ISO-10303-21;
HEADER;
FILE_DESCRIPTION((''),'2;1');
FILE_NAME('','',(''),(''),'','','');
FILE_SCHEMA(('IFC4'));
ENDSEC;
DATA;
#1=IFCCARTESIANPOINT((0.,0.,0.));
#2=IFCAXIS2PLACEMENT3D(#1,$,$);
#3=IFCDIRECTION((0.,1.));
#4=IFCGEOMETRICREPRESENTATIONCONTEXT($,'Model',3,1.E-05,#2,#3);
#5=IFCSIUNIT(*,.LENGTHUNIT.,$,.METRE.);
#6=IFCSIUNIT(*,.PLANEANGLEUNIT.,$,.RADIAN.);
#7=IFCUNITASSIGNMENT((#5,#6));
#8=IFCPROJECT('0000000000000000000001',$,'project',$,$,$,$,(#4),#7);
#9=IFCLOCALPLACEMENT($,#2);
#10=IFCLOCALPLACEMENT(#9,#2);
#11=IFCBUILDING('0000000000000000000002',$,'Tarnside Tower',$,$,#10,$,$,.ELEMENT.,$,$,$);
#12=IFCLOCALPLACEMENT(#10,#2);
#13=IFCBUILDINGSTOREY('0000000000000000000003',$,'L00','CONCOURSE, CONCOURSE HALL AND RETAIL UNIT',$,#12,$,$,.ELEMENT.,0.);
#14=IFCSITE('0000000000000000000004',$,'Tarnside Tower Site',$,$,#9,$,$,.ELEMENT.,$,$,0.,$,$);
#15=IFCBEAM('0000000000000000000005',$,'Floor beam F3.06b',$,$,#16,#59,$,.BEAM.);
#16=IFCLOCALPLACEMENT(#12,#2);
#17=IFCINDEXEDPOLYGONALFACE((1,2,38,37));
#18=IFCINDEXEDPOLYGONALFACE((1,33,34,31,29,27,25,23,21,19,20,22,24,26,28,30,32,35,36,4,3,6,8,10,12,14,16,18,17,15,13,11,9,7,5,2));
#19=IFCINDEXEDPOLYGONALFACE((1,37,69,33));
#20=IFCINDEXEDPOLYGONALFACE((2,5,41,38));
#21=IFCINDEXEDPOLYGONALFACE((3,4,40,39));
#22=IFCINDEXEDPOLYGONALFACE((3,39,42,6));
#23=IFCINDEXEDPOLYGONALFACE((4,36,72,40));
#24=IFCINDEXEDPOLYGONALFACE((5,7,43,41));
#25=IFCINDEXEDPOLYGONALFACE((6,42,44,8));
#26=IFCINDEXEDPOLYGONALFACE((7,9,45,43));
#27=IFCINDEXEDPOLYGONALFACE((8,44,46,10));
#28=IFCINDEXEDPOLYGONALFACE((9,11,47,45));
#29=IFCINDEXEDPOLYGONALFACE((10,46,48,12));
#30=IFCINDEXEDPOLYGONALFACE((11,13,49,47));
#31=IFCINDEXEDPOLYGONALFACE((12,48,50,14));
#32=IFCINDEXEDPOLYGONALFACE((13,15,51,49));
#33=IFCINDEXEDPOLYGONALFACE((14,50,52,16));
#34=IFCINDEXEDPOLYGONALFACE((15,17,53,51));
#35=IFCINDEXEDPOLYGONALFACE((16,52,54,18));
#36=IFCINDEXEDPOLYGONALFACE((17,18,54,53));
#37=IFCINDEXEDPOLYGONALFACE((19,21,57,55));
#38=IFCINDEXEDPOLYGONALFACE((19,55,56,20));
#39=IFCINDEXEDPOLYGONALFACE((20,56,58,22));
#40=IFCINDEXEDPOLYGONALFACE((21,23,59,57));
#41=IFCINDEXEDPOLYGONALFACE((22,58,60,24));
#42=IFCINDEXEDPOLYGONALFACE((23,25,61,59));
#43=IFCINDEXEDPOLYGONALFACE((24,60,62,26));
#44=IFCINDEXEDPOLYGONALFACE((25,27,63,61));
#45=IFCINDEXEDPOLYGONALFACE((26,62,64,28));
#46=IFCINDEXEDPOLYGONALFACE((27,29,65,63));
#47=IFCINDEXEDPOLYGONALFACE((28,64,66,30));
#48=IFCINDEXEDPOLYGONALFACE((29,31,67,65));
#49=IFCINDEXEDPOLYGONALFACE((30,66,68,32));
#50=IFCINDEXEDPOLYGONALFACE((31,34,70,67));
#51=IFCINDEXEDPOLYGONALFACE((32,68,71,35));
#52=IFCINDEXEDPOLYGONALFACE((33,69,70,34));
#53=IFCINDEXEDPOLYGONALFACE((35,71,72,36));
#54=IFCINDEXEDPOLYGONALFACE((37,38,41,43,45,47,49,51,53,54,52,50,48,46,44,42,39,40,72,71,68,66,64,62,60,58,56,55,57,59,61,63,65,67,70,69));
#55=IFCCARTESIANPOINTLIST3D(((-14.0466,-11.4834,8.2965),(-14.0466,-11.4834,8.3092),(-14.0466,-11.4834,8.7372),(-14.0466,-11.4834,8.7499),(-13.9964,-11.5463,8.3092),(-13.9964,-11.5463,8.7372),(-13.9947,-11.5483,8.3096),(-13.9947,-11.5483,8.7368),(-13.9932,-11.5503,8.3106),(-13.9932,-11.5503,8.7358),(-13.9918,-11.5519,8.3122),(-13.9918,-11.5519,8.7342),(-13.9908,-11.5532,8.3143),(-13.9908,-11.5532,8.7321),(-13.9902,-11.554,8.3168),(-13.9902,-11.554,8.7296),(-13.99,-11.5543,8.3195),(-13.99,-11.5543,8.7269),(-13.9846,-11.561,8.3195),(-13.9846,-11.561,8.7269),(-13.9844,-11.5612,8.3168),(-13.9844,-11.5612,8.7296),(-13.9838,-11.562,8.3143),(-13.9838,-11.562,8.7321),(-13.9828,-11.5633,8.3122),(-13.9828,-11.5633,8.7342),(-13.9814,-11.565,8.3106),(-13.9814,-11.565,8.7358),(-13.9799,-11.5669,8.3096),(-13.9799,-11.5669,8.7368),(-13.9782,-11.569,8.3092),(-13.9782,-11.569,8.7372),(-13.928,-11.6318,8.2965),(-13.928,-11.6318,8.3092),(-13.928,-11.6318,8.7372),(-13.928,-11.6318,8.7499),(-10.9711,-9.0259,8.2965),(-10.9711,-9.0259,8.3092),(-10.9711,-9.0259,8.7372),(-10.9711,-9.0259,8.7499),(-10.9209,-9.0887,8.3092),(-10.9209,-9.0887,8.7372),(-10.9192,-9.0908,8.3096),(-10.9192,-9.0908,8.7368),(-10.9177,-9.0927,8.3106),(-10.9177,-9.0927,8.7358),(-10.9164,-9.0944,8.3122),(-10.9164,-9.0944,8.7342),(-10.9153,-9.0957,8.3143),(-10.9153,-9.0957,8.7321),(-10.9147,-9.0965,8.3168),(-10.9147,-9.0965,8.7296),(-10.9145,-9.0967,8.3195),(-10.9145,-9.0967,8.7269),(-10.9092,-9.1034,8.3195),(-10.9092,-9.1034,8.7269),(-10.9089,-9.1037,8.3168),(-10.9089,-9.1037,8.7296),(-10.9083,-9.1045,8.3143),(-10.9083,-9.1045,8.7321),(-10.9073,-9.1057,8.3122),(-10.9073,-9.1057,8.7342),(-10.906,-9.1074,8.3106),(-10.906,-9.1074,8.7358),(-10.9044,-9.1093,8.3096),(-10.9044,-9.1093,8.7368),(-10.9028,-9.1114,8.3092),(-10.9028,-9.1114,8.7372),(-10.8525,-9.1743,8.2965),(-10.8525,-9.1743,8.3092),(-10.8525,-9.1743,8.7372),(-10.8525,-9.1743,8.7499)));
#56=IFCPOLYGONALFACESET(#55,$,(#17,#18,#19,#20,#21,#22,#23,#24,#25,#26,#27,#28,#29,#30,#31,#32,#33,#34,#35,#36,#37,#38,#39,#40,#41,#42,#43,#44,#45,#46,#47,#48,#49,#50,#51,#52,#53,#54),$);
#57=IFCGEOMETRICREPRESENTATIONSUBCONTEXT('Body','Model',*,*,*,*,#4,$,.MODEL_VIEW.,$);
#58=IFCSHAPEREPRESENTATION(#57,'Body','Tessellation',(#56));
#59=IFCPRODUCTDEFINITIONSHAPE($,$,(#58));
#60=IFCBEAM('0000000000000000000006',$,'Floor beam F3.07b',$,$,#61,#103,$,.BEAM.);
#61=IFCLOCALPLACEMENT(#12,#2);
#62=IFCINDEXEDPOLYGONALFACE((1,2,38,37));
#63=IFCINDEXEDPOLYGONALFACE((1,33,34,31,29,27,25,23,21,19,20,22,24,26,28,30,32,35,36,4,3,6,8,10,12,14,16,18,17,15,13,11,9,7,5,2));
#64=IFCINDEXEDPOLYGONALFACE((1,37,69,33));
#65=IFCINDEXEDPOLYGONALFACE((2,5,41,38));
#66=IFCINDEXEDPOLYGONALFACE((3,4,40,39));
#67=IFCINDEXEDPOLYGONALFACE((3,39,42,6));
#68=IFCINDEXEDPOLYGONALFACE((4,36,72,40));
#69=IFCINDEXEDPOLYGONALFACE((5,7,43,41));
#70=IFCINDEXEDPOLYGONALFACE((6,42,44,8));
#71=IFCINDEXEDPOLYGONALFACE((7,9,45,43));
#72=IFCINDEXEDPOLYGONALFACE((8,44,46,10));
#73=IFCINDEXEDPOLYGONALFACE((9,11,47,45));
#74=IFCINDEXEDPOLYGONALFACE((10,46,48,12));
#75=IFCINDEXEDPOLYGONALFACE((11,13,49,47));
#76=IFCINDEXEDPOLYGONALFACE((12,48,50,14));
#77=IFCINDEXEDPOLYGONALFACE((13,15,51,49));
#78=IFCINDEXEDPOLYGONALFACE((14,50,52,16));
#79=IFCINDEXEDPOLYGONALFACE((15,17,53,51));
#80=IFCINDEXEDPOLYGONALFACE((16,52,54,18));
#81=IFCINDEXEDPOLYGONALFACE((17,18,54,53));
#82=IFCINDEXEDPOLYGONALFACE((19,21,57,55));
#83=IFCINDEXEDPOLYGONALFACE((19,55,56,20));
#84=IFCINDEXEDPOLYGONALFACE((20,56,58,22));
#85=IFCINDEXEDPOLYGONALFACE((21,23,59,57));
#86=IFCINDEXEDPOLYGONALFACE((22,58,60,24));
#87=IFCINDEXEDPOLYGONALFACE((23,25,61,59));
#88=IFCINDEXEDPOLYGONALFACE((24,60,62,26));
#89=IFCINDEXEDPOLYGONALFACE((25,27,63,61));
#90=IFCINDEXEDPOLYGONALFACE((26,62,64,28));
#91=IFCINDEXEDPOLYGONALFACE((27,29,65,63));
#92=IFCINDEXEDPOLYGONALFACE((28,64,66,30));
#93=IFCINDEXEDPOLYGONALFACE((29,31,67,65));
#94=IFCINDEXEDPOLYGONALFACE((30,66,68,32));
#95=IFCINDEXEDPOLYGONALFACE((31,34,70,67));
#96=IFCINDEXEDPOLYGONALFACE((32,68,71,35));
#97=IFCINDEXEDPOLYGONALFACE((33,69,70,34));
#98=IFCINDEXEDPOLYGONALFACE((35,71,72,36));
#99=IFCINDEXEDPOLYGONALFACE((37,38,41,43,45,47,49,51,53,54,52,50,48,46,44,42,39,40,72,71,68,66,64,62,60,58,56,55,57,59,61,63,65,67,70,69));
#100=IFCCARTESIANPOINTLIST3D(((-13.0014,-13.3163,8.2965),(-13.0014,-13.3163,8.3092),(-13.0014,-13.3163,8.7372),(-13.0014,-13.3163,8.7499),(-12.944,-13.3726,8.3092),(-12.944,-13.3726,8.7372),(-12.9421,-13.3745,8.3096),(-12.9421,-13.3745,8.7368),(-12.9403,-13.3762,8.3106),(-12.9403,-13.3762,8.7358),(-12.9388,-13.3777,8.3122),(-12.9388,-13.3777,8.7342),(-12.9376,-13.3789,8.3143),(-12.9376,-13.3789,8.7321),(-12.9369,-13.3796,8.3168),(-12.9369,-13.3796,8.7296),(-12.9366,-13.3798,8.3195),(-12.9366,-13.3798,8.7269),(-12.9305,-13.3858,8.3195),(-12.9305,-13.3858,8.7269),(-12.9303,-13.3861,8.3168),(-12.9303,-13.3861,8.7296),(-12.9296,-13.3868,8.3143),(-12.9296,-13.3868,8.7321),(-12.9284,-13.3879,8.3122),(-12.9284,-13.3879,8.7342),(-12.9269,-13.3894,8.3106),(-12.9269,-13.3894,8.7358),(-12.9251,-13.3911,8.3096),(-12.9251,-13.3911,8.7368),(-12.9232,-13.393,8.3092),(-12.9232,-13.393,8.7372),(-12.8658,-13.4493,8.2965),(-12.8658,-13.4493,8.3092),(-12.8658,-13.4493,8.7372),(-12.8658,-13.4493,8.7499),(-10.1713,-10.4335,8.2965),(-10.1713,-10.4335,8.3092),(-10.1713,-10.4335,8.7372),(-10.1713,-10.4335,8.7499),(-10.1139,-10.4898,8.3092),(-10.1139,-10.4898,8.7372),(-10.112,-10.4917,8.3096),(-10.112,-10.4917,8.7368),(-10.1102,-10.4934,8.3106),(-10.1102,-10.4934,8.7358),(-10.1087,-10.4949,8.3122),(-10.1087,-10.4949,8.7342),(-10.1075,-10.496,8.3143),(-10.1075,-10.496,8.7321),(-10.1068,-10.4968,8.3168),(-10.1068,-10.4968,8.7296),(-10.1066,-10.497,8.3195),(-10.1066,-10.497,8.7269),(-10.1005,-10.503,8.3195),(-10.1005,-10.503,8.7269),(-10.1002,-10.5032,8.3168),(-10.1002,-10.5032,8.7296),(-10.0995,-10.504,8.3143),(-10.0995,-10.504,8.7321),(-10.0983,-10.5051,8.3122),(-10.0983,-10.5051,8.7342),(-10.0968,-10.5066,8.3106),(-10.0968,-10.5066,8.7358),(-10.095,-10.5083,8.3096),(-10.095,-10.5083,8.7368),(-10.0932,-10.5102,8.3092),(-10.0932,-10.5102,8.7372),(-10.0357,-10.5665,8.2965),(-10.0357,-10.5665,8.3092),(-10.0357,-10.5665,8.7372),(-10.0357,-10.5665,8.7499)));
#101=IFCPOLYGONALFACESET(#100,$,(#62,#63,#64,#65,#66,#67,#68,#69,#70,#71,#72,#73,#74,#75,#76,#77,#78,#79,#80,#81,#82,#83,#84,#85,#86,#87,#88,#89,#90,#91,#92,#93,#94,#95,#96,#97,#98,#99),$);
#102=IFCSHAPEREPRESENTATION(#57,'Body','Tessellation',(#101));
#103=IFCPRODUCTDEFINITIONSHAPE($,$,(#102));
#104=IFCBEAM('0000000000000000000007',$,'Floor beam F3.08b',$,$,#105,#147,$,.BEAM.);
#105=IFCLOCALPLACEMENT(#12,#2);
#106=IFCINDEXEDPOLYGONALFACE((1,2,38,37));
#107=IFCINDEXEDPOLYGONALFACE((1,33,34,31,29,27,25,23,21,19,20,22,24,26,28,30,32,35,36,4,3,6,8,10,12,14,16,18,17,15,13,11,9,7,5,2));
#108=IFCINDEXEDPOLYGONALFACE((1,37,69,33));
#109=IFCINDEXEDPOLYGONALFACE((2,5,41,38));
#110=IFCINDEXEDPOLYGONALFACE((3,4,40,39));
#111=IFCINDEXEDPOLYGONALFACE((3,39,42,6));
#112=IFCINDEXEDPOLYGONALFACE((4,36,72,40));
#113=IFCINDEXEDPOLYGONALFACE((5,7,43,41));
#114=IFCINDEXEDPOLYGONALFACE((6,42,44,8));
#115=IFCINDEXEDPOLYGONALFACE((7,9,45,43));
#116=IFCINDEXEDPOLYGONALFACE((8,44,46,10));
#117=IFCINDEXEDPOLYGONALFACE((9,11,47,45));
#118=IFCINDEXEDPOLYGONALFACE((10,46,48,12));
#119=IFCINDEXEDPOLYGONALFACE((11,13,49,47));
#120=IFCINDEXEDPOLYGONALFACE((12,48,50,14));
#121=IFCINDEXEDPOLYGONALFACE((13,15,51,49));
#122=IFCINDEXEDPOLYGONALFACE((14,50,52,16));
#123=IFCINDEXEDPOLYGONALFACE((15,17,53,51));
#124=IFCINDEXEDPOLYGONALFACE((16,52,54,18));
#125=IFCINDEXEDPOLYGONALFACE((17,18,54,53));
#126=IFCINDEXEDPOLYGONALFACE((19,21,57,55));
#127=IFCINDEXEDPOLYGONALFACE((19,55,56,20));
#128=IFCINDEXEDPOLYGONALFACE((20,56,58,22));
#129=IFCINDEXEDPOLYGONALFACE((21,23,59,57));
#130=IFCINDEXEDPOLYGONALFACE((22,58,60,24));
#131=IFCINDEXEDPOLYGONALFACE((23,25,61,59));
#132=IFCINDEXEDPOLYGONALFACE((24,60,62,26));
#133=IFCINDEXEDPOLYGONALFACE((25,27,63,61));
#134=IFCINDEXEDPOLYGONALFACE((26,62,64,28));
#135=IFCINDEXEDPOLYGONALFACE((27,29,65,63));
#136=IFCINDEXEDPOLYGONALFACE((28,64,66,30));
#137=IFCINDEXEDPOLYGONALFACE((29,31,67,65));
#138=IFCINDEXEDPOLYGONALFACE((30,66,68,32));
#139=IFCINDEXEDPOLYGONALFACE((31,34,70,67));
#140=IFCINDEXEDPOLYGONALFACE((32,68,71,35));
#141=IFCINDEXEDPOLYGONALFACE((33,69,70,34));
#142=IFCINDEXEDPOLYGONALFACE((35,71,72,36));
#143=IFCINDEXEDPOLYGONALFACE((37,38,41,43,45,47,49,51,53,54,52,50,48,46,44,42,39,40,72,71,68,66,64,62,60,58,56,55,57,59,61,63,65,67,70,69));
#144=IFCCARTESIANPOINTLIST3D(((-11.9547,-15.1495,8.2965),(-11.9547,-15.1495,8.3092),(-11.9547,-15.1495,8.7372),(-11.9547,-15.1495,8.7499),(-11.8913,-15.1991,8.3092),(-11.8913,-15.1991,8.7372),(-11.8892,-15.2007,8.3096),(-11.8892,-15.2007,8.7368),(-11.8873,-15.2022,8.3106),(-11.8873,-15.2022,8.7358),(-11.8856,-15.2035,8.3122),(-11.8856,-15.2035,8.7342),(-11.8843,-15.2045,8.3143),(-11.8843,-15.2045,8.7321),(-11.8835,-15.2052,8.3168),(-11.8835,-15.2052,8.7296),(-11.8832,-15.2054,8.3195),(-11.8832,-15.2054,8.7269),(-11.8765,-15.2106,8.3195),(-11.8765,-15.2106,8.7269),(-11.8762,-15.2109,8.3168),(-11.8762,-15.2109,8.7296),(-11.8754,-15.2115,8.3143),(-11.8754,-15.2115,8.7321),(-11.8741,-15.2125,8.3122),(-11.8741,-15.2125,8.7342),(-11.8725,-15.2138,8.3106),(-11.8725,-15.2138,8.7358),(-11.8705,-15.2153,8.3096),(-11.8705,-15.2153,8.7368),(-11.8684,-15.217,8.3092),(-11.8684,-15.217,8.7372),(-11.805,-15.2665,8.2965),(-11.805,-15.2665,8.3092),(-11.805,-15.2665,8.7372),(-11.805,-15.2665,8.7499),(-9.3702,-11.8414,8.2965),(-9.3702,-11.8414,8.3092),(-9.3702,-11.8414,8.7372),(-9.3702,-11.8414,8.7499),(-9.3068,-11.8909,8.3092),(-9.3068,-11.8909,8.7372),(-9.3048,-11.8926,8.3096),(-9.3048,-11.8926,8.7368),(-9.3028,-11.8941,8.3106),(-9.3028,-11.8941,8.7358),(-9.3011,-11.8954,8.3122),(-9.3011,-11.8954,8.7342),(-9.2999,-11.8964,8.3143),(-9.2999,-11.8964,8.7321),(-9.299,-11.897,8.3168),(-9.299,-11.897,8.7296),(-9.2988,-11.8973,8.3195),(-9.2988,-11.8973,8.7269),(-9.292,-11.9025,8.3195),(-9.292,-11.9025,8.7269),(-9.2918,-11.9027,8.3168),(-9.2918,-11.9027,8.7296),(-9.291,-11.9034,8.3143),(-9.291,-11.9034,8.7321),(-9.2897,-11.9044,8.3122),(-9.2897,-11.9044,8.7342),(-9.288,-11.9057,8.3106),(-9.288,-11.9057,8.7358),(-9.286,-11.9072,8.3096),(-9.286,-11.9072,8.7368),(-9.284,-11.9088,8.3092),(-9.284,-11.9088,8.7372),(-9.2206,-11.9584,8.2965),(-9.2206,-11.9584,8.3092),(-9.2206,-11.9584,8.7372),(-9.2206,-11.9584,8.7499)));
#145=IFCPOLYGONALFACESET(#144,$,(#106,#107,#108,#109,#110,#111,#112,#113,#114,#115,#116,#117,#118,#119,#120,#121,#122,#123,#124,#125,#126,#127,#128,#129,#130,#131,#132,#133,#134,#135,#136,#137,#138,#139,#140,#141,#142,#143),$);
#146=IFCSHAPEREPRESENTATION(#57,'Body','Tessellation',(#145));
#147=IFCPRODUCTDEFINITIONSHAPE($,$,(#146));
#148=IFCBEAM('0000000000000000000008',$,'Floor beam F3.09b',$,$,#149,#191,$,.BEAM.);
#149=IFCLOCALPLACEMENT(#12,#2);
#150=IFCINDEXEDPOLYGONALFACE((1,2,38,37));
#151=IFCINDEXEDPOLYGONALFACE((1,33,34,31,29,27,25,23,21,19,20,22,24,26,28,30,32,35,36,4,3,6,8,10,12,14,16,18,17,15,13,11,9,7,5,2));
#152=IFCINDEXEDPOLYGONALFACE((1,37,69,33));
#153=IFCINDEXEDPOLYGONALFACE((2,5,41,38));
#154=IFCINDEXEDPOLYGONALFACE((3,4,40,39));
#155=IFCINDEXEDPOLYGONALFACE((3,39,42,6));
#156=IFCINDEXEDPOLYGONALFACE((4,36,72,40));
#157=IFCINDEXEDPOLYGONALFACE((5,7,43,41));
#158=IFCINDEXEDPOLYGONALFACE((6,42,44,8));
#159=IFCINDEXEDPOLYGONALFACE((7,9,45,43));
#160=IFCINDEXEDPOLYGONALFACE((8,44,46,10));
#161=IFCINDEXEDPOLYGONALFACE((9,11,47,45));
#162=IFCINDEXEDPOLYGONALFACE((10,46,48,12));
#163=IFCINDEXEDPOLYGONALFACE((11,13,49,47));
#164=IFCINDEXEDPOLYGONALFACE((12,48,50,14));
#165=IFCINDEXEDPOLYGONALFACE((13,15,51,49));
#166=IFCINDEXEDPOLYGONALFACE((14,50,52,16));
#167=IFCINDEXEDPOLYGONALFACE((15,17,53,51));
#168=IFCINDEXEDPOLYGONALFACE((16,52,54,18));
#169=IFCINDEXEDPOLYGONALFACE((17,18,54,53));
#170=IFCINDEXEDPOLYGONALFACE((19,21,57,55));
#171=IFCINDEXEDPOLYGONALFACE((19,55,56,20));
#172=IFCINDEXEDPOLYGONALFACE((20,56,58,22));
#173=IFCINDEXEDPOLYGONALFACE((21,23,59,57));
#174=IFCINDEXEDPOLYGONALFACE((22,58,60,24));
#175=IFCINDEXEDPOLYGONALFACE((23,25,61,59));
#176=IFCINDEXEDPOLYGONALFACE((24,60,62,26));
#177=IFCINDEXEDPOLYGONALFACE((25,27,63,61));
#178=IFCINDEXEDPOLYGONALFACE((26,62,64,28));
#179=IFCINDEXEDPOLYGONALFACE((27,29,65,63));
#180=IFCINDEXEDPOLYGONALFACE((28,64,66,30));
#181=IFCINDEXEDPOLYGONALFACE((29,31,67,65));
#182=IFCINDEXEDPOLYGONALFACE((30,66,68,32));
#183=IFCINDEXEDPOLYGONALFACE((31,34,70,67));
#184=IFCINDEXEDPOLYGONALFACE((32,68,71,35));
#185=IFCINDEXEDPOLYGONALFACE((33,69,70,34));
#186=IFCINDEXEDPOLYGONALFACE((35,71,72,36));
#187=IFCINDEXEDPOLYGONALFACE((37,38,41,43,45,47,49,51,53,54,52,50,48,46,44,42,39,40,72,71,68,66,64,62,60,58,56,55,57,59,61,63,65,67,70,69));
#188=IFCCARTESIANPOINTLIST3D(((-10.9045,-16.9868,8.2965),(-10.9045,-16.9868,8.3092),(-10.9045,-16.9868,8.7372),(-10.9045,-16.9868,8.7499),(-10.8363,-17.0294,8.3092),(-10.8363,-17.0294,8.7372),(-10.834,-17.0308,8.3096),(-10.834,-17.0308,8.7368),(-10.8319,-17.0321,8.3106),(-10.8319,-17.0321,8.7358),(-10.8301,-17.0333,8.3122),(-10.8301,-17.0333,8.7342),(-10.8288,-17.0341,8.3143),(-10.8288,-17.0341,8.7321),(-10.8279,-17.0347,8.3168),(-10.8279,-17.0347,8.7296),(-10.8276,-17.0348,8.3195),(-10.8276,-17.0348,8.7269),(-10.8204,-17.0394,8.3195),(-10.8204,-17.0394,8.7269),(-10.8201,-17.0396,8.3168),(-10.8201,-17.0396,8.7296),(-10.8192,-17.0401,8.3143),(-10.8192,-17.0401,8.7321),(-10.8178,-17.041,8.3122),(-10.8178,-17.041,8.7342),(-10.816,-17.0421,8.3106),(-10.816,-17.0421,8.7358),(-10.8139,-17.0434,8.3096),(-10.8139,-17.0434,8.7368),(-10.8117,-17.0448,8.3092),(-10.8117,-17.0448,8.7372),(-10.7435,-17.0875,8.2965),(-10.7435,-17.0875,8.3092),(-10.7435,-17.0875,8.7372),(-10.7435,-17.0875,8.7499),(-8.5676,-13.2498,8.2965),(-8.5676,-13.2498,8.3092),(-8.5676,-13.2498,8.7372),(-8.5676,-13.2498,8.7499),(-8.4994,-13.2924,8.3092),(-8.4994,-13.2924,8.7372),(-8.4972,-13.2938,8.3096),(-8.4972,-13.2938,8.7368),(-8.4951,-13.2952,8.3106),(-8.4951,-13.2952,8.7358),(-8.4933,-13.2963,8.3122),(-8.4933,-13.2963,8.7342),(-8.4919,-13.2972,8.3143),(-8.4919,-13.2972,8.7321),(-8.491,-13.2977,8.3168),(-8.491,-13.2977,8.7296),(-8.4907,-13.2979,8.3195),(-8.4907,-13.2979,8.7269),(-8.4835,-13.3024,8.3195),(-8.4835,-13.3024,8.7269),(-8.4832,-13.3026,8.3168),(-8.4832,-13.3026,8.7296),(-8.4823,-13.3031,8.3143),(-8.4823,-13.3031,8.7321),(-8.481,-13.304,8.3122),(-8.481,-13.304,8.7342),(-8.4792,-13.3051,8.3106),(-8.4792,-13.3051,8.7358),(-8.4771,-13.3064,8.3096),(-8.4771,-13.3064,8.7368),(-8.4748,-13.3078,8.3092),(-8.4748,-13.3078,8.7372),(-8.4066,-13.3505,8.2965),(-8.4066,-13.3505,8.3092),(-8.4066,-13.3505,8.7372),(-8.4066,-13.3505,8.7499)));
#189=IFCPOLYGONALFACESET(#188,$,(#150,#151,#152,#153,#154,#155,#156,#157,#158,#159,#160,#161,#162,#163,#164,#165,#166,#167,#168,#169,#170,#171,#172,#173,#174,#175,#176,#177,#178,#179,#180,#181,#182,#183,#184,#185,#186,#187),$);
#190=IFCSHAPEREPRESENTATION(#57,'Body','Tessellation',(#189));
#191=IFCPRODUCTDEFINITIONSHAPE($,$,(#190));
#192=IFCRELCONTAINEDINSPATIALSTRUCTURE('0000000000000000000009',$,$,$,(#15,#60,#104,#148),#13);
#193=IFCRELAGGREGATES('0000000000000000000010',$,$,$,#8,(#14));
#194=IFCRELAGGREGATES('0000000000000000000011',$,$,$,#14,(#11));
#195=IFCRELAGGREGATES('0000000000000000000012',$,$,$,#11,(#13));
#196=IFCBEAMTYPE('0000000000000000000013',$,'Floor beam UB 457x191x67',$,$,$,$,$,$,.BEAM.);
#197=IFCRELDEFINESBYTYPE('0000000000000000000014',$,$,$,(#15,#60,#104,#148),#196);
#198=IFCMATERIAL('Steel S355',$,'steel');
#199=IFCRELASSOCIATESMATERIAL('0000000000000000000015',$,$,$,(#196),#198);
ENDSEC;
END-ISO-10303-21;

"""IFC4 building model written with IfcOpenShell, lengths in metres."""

from ifc_helpers import new_model, si_unit, direction, frame, origin, origin_2d, place, context, subcontext, project, spatial, i_section, extrude, material, material_profile, profile_set, type_object, element, save


model = new_model("IFC4")

# Units and contexts
model_context = context("Model", 3, precision=1e-05, world=origin(), true_north=direction((0.0, 1.0)))
body_context = subcontext(model_context, "Body", "Model", "MODEL_VIEW")
ifc_project = project(units=[si_unit("LENGTHUNIT", "METRE"), si_unit("PLANEANGLEUNIT", "RADIAN")], contexts=[model_context])

# Site, building, storey
site_placement = place(None, origin())
site = spatial("IfcSite", under=ifc_project, at=site_placement, Name="Tarnside Tower Site", CompositionType="ELEMENT", RefElevation=0.0)
building_placement = place(site_placement, origin())
building = spatial("IfcBuilding", under=site, at=building_placement, Name="Tarnside Tower", CompositionType="ELEMENT")
storey_placement = place(building_placement, origin())
storey = spatial("IfcBuildingStorey", under=building, at=storey_placement, Name="L00", Description="CONCOURSE, CONCOURSE HALL AND RETAIL UNIT", CompositionType="ELEMENT", Elevation=0.0)

# Beams
ifc_material_1 = material(Name="Steel S355", Category="steel")
ifc_material_profile_1 = material_profile(ifc_material_1, i_section(OverallWidth=0.1899, OverallDepth=0.4534, WebThickness=0.0085, FlangeThickness=0.0127, FilletRadius=0.0103, at=origin_2d()), Name="UB 457x191x67")
ifc_profile_set_1 = profile_set([ifc_material_profile_1], Name="Steel S355")
beam_type_1 = type_object("IfcBeamType", Name="Floor beam UB 457x191x67", PredefinedType="BEAM", material=ifc_profile_set_1)
beam_1_placement = place(storey_placement, frame((-13.9873, -11.5576, 8.5232), z_axis=(0.78122, 0.624256, 0.0), x_axis=(-0.624256, 0.78122, 0.0)))
element("IfcBeam", 1, at=beam_1_placement, inside=storey, type_object=beam_type_1, Name="Floor beam F3.06b", PredefinedType="BEAM", context=body_context, shape_type="SweptSolid", body=[
    extrude(i_section(OverallWidth=0.1899, OverallDepth=0.4534, WebThickness=0.0085, FlangeThickness=0.0127, FilletRadius=0.0103, at=origin_2d()), origin(), (0.0, 0.0, 1.0), 3.9368),
])
beam_2_placement = place(storey_placement, frame((-12.9336, -13.3828, 8.5232), z_axis=(0.70055, 0.713604, 0.0), x_axis=(-0.713604, 0.70055, 0.0)))
element("IfcBeam", 2, at=beam_2_placement, inside=storey, type_object=beam_type_1, Name="Floor beam F3.07b", PredefinedType="BEAM", context=body_context, shape_type="SweptSolid", body=[
    extrude(i_section(OverallWidth=0.1899, OverallDepth=0.4534, WebThickness=0.0085, FlangeThickness=0.0127, FilletRadius=0.0103, at=origin_2d()), origin(), (0.0, 0.0, 1.0), 4.0398),
])
beam_3_placement = place(storey_placement, frame((-11.8799, -15.208, 8.5232), z_axis=(0.615646, 0.788023, 0.0), x_axis=(-0.788023, 0.615646, 0.0)))
element("IfcBeam", 3, at=beam_3_placement, inside=storey, type_object=beam_type_1, Name="Floor beam F3.08b", PredefinedType="BEAM", context=body_context, shape_type="SweptSolid", body=[
    extrude(i_section(OverallWidth=0.1899, OverallDepth=0.4534, WebThickness=0.0085, FlangeThickness=0.0127, FilletRadius=0.0103, at=origin_2d()), origin(), (0.0, 0.0, 1.0), 4.198),
])
beam_4_placement = place(storey_placement, frame((-10.824, -17.0371, 8.5232), z_axis=(0.530203, 0.847871, 0.0), x_axis=(-0.847871, 0.530203, 0.0)))
element("IfcBeam", 4, at=beam_4_placement, inside=storey, type_object=beam_type_1, Name="Floor beam F3.09b", PredefinedType="BEAM", context=body_context, shape_type="SweptSolid", body=[
    extrude(i_section(OverallWidth=0.1899, OverallDepth=0.4534, WebThickness=0.0085, FlangeThickness=0.0127, FilletRadius=0.0103, at=origin_2d()), origin(), (0.0, 0.0, 1.0), 4.4075),
])

save(model, "model.ifc")
